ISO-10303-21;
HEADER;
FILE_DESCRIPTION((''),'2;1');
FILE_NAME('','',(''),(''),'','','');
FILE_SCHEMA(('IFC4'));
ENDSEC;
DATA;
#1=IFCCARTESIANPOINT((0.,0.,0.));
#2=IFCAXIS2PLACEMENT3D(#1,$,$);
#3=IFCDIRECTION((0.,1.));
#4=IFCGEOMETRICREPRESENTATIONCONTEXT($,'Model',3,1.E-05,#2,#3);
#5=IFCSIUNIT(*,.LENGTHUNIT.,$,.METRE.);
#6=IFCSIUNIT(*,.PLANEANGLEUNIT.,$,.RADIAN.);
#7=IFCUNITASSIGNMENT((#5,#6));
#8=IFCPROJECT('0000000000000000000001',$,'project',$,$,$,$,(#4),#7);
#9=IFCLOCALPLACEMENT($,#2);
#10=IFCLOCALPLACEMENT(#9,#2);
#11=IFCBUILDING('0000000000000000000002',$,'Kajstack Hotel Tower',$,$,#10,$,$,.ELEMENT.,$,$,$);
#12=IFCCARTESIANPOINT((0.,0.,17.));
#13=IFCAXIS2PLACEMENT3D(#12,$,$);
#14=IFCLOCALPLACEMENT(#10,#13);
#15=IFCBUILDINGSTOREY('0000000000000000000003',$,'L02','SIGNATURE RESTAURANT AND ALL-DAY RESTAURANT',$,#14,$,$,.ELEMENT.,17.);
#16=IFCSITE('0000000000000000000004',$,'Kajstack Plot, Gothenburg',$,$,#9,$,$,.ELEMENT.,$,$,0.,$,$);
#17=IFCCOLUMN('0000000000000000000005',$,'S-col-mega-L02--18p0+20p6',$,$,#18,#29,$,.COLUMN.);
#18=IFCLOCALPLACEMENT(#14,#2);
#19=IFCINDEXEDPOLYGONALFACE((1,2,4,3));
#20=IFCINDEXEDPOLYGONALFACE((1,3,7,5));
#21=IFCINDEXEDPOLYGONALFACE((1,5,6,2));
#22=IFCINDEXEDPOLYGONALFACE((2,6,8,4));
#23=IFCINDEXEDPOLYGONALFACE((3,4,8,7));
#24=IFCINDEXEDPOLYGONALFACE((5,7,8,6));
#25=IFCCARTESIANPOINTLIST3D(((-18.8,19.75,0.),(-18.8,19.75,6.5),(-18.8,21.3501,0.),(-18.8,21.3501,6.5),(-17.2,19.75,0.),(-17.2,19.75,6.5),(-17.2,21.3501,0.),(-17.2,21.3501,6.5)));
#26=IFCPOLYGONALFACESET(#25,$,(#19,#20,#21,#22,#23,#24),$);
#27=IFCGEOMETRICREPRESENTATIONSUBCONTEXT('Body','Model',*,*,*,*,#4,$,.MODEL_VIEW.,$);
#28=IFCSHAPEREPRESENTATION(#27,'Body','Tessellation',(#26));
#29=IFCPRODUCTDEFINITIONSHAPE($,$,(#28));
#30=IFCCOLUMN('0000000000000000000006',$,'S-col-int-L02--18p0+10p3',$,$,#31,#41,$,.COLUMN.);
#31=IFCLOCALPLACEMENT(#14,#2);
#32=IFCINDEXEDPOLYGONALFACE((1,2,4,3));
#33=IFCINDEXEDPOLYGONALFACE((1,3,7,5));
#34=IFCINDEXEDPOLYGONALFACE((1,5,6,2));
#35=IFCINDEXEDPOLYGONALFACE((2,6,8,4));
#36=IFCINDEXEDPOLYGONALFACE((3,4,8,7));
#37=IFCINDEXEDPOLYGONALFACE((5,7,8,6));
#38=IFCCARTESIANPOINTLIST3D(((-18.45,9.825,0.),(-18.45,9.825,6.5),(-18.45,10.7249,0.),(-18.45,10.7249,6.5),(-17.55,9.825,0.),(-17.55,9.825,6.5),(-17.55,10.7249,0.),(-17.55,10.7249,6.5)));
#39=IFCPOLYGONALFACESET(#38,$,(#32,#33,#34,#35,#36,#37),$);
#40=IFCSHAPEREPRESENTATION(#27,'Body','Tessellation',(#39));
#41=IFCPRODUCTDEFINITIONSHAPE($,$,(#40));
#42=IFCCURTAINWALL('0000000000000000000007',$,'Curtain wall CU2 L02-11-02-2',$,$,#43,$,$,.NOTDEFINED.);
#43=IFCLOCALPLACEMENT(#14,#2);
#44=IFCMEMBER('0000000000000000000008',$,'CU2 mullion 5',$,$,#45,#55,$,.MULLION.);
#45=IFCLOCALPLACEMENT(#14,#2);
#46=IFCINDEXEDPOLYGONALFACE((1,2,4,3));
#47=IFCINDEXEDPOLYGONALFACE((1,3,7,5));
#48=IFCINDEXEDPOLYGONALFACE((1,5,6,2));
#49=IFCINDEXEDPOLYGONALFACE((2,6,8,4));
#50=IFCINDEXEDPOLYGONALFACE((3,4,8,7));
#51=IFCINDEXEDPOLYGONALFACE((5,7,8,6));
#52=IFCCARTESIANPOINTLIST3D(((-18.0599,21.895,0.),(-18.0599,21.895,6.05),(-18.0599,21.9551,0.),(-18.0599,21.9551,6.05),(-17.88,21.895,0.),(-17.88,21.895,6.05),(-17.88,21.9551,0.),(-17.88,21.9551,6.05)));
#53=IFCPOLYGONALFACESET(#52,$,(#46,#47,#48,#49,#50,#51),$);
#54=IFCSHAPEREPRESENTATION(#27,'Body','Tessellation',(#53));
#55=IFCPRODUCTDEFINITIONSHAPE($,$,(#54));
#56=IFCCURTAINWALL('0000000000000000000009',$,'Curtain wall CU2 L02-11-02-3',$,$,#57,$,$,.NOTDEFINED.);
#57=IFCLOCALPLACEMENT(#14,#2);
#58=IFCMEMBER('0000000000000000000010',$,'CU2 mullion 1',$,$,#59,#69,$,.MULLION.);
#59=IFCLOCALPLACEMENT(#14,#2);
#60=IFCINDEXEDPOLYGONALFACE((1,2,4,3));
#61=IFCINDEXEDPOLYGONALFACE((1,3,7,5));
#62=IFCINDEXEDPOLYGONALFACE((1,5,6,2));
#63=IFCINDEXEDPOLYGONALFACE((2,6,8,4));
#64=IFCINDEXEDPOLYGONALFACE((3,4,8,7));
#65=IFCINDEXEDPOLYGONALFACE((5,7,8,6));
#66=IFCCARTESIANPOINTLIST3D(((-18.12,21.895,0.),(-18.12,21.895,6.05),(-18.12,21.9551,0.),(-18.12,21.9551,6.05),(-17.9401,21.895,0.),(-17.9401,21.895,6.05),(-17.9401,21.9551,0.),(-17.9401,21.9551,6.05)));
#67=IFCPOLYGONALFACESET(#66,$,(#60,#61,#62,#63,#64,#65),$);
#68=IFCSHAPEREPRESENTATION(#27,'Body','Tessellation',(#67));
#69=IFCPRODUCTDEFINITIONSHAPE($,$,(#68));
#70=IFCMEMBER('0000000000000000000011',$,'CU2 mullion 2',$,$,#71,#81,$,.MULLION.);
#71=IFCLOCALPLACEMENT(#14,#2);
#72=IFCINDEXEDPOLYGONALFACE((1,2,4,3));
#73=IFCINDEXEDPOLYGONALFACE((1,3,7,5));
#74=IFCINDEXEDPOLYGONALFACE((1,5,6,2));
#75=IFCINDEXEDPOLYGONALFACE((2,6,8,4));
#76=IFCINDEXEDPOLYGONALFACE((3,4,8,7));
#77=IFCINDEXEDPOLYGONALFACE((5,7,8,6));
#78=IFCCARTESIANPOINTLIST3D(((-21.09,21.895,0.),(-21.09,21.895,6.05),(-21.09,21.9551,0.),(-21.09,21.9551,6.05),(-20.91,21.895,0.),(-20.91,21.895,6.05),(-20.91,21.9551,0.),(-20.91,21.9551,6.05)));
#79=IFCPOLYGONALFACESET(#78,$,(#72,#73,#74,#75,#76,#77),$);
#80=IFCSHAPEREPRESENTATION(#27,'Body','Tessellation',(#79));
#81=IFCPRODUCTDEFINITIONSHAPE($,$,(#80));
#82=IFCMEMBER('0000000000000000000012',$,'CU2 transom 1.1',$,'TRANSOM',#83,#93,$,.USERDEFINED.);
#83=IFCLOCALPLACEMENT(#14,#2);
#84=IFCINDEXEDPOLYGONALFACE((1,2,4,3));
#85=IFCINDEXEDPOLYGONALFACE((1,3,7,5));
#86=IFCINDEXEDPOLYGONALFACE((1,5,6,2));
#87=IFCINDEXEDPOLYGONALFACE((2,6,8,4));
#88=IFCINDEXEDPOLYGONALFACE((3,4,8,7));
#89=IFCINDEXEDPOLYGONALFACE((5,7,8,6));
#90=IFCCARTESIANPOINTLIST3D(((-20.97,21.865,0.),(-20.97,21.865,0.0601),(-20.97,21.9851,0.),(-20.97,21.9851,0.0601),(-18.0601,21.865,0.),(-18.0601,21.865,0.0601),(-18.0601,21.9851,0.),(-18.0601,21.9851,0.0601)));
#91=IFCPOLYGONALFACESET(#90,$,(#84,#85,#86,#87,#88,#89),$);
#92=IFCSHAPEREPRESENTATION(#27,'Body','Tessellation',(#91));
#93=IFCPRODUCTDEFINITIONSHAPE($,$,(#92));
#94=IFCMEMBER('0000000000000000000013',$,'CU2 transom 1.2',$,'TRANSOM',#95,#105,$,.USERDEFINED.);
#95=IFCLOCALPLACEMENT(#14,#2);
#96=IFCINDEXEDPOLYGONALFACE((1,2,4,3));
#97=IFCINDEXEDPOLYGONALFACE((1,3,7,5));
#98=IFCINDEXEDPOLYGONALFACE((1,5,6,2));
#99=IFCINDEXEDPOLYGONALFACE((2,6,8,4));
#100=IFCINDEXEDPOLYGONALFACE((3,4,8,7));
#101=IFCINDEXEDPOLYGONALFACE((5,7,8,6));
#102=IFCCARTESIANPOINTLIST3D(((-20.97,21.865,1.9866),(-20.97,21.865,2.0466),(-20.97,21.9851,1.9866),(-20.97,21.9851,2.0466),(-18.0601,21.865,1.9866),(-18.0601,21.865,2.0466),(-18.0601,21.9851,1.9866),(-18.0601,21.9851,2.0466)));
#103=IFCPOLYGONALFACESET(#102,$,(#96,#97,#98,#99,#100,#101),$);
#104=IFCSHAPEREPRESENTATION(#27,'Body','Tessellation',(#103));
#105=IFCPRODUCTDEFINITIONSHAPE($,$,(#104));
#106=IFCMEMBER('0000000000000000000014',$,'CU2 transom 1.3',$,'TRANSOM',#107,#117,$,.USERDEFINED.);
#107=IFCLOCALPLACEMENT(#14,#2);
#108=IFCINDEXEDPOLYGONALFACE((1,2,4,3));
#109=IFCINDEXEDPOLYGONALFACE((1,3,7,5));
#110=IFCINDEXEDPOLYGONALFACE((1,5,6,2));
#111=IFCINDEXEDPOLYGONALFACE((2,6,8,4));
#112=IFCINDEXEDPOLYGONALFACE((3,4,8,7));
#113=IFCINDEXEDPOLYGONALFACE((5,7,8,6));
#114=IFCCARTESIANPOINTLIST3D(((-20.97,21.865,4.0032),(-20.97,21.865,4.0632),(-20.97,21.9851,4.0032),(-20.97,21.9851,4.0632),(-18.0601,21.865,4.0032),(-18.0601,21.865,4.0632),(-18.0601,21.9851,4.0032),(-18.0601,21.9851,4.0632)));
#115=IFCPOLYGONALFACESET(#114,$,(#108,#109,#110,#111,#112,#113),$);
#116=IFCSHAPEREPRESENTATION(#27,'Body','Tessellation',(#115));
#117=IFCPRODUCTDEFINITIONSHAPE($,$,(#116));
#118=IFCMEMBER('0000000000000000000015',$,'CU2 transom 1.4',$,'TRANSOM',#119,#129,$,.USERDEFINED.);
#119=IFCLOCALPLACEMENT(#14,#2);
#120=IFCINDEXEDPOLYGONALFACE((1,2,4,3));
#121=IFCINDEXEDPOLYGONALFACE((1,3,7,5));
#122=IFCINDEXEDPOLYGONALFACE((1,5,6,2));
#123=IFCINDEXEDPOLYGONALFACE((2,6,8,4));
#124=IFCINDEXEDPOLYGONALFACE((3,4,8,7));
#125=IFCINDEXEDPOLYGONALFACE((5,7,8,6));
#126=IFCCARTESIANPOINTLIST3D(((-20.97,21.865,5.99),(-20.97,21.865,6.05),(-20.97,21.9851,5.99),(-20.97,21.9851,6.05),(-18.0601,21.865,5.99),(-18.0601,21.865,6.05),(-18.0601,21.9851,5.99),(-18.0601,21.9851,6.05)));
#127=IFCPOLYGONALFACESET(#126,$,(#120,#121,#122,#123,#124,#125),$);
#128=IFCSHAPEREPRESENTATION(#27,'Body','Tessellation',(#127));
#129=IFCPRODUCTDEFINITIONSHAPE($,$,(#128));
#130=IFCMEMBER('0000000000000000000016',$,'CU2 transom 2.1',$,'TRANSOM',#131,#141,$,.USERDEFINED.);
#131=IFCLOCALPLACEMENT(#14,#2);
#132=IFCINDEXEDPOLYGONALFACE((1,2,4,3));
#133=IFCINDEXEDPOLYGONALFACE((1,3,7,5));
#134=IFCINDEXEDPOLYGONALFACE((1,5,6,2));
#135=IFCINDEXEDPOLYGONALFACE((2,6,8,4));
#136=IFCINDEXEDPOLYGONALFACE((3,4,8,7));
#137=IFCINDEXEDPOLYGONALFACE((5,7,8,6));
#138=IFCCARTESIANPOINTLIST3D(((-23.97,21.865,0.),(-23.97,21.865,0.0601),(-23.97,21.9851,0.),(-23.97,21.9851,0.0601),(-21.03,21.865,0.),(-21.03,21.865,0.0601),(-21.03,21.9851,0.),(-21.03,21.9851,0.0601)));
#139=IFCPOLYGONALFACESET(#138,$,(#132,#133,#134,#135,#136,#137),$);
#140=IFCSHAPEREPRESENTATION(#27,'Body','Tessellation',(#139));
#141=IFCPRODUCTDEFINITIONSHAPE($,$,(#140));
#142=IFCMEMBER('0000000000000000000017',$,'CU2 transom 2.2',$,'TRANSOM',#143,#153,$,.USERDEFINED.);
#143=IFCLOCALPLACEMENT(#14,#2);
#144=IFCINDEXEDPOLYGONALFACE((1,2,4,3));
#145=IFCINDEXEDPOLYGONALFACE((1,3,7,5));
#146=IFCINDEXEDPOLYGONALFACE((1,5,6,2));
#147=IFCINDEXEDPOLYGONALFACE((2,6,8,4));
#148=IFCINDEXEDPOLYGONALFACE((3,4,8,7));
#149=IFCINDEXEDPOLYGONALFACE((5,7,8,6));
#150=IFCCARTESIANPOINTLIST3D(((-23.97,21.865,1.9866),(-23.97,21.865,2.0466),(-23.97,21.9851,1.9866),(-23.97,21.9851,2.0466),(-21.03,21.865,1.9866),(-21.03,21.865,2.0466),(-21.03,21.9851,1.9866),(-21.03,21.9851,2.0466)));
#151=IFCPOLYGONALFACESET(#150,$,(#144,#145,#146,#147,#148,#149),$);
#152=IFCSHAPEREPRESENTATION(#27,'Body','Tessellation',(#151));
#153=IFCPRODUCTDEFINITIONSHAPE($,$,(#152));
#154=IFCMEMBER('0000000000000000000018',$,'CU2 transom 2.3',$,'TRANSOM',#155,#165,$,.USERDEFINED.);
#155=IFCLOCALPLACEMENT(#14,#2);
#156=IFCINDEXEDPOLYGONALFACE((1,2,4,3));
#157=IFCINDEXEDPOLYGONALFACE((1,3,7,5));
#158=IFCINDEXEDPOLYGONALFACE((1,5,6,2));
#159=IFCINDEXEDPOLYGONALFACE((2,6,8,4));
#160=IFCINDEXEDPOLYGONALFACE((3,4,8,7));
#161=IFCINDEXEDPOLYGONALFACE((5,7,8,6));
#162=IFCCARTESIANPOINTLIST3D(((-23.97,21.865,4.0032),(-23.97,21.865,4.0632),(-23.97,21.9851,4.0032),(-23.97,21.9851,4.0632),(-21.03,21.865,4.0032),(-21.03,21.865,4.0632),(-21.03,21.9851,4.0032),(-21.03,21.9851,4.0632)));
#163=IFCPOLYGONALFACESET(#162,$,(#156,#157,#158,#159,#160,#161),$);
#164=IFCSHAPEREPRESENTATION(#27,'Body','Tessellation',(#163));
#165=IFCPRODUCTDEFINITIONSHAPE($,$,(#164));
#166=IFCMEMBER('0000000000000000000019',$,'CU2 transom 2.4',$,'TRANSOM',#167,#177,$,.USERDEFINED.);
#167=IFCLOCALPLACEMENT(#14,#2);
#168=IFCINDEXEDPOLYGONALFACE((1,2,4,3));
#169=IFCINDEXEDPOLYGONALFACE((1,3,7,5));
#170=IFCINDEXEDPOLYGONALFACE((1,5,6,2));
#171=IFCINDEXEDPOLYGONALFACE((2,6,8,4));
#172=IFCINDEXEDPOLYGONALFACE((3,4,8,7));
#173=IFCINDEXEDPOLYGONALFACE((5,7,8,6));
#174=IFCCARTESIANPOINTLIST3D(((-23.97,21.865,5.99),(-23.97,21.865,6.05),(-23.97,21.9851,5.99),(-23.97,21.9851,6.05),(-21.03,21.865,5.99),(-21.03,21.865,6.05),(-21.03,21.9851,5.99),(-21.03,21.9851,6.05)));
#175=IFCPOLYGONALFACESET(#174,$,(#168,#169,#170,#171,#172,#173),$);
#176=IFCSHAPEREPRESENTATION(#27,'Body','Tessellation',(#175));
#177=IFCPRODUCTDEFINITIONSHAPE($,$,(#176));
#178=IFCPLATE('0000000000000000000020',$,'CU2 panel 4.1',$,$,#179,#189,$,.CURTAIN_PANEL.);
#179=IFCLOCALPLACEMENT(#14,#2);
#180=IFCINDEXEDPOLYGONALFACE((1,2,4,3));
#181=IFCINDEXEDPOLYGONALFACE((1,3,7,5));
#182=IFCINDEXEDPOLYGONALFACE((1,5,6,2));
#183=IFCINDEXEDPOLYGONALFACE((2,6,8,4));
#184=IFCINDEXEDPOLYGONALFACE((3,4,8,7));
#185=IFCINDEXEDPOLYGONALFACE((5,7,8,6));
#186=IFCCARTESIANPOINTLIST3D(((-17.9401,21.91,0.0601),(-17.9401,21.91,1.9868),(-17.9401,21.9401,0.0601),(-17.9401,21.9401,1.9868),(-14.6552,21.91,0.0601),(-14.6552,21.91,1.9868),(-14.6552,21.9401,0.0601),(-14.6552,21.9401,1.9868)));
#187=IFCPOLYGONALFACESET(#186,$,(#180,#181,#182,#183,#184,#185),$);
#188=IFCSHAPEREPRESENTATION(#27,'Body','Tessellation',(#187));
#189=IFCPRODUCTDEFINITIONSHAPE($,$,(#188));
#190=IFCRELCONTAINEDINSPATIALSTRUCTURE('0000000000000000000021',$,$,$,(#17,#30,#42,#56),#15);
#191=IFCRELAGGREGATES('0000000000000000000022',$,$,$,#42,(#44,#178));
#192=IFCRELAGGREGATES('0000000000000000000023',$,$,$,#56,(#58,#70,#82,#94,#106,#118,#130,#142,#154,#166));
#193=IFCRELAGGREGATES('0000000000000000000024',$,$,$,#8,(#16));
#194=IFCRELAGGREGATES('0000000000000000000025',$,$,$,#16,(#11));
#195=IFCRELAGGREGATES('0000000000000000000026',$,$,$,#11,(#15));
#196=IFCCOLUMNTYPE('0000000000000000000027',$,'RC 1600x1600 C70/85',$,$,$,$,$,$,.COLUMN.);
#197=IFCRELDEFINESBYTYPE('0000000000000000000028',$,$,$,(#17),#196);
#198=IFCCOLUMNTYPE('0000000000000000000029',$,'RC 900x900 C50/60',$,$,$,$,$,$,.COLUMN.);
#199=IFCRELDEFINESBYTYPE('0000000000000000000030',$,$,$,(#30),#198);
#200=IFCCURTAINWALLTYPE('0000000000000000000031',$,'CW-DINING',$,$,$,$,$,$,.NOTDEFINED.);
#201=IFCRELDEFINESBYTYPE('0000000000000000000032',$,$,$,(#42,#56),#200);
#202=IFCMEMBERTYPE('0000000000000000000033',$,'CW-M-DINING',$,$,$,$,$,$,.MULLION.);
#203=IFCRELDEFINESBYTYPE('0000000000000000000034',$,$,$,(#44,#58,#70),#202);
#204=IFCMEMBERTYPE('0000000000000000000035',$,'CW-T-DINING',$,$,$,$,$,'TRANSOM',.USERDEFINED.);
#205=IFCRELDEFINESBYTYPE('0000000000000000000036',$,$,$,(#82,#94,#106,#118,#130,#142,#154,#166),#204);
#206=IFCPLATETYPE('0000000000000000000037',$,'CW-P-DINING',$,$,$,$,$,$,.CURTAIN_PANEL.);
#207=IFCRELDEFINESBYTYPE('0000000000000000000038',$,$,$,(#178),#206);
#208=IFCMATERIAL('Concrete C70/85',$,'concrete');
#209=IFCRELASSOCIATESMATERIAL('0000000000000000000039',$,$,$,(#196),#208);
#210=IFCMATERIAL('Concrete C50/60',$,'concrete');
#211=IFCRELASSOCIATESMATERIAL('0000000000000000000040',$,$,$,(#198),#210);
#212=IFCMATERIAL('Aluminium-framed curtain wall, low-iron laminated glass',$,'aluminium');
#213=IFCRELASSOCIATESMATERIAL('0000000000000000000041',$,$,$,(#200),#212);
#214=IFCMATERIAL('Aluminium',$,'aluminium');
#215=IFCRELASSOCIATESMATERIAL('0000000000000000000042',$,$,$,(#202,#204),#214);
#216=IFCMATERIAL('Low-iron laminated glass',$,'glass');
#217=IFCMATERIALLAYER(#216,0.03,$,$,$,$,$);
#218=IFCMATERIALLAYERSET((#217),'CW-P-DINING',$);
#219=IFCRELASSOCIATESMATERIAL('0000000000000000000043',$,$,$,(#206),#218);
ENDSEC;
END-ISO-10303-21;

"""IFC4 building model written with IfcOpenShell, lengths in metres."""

from ifc_helpers import new_model, si_unit, direction, frame, origin, origin_2d, place, context, subcontext, project, spatial, rectangle, extrude, material, layer, layer_set, material_profile, profile_set, type_object, element, aggregate, save


model = new_model("IFC4")

# Units and contexts
model_context = context("Model", 3, precision=1e-05, world=origin(), true_north=direction((0.0, 1.0)))
body_context = subcontext(model_context, "Body", "Model", "MODEL_VIEW")
ifc_project = project(units=[si_unit("LENGTHUNIT", "METRE"), si_unit("PLANEANGLEUNIT", "RADIAN")], contexts=[model_context])

# Site, building, storey
site_placement = place(None, origin())
site = spatial("IfcSite", under=ifc_project, at=site_placement, Name="Kajstack Plot, Gothenburg", CompositionType="ELEMENT", RefElevation=0.0)
building_placement = place(site_placement, origin())
building = spatial("IfcBuilding", under=site, at=building_placement, Name="Kajstack Hotel Tower", CompositionType="ELEMENT")
storey_placement = place(building_placement, frame((0.0, 0.0, 17.0)))
storey = spatial("IfcBuildingStorey", under=building, at=storey_placement, Name="L02", Description="SIGNATURE RESTAURANT AND ALL-DAY RESTAURANT", CompositionType="ELEMENT", Elevation=17.0)

# Columns
ifc_material_1 = material(Name="Concrete C70/85", Category="concrete")
ifc_material_profile_1 = material_profile(ifc_material_1, rectangle(XDim=1.6001, YDim=1.6001, at=origin_2d()), Name="RC 1600x1600")
ifc_profile_set_1 = profile_set([ifc_material_profile_1], Name="Concrete C70/85")
column_type_1 = type_object("IfcColumnType", Name="RC 1600x1600 C70/85", PredefinedType="COLUMN", material=ifc_profile_set_1)
column_1_placement = place(storey_placement, frame((-18.0, 20.55, 0.0), z_axis=(0.0, 0.0, 1.0), x_axis=(1.0, 0.0, 0.0)))
element("IfcColumn", 1, at=column_1_placement, inside=storey, type_object=column_type_1, Name="S-col-mega-L02--18p0+20p6", PredefinedType="COLUMN", context=body_context, shape_type="SweptSolid", body=[
    extrude(rectangle(XDim=1.6001, YDim=1.6001, at=origin_2d()), origin(), (0.0, 0.0, 1.0), 6.5),
])
ifc_material_2 = material(Name="Concrete C50/60", Category="concrete")
ifc_material_profile_2 = material_profile(ifc_material_2, rectangle(XDim=0.8999, YDim=0.8999, at=origin_2d()), Name="RC 900x900")
ifc_profile_set_2 = profile_set([ifc_material_profile_2], Name="Concrete C50/60")
column_type_2 = type_object("IfcColumnType", Name="RC 900x900 C50/60", PredefinedType="COLUMN", material=ifc_profile_set_2)
column_2_placement = place(storey_placement, frame((-18.0, 10.2749, 0.0), z_axis=(0.0, 0.0, 1.0), x_axis=(1.0, 0.0, 0.0)))
element("IfcColumn", 2, at=column_2_placement, inside=storey, type_object=column_type_2, Name="S-col-int-L02--18p0+10p3", PredefinedType="COLUMN", context=body_context, shape_type="SweptSolid", body=[
    extrude(rectangle(XDim=0.8999, YDim=0.8999, at=origin_2d()), origin(), (0.0, 0.0, 1.0), 6.5),
])

# Curtain wall, member
ifc_material_3 = material(Name="Aluminium-framed curtain wall, low-iron laminated glass", Category="aluminium")
curtain_wall_type = type_object("IfcCurtainWallType", Name="CW-DINING", PredefinedType="NOTDEFINED", material=ifc_material_3)
curtain_wall_1_placement = place(storey_placement, origin())
curtain_wall_1 = element("IfcCurtainWall", 3, at=curtain_wall_1_placement, inside=storey, type_object=curtain_wall_type, Name="Curtain wall CU2 L02-11-02-2", PredefinedType="NOTDEFINED")
ifc_material_4 = material(Name="Aluminium", Category="aluminium")
ifc_material_profile_3 = material_profile(ifc_material_4, rectangle(XDim=0.0601, YDim=0.1799, at=origin_2d()), Name="Aluminium mullion 60 x 180")
ifc_profile_set_3 = profile_set([ifc_material_profile_3], Name="Aluminium")
member_type_1 = type_object("IfcMemberType", Name="CW-M-DINING", PredefinedType="MULLION", material=ifc_profile_set_3)
member_1_placement = place(storey_placement, frame((-17.97, 21.925, 0.0), z_axis=(0.0, 0.0, 1.0), x_axis=(0.0, -1.0, 0.0)))
member_1 = element("IfcMember", 4, at=member_1_placement, type_object=member_type_1, Name="CU2 mullion 5", PredefinedType="MULLION", context=body_context, shape_type="SweptSolid", body=[
    extrude(rectangle(XDim=0.0601, YDim=0.1799, at=origin_2d()), origin(), (0.0, 0.0, 1.0), 6.05),
])

# Curtain wall, members
curtain_wall_2_placement = place(storey_placement, origin())
curtain_wall_2 = element("IfcCurtainWall", 5, at=curtain_wall_2_placement, inside=storey, type_object=curtain_wall_type, Name="Curtain wall CU2 L02-11-02-3", PredefinedType="NOTDEFINED")
member_2_placement = place(storey_placement, frame((-18.03, 21.925, 0.0), z_axis=(0.0, 0.0, 1.0), x_axis=(0.0, -1.0, 0.0)))
member_2 = element("IfcMember", 6, at=member_2_placement, type_object=member_type_1, Name="CU2 mullion 1", PredefinedType="MULLION", context=body_context, shape_type="SweptSolid", body=[
    extrude(rectangle(XDim=0.0601, YDim=0.1799, at=origin_2d()), origin(), (0.0, 0.0, 1.0), 6.05),
])
member_3_placement = place(storey_placement, frame((-21.0, 21.925, 0.0), z_axis=(0.0, 0.0, 1.0), x_axis=(0.0, -1.0, 0.0)))
member_3 = element("IfcMember", 7, at=member_3_placement, type_object=member_type_1, Name="CU2 mullion 2", PredefinedType="MULLION", context=body_context, shape_type="SweptSolid", body=[
    extrude(rectangle(XDim=0.0601, YDim=0.1799, at=origin_2d()), origin(), (0.0, 0.0, 1.0), 6.05),
])
ifc_material_profile_4 = material_profile(ifc_material_4, rectangle(XDim=0.1201, YDim=0.0601, at=origin_2d()), Name="Aluminium transom 120 x 60")
ifc_profile_set_4 = profile_set([ifc_material_profile_4], Name="Aluminium")
member_type_2 = type_object("IfcMemberType", Name="CW-T-DINING", ElementType="TRANSOM", PredefinedType="USERDEFINED", material=ifc_profile_set_4)
member_4_placement = place(storey_placement, frame((-18.0601, 21.925, 0.03), z_axis=(-1.0, 0.0, 0.0), x_axis=(0.0, -1.0, 0.0)))
member_4 = element("IfcMember", 8, at=member_4_placement, type_object=member_type_2, Name="CU2 transom 1.1", ObjectType="TRANSOM", PredefinedType="USERDEFINED", context=body_context, shape_type="SweptSolid", body=[
    extrude(rectangle(XDim=0.1201, YDim=0.0601, at=origin_2d()), origin(), (0.0, 0.0, 1.0), 2.9099),
])
member_5_placement = place(storey_placement, frame((-18.0601, 21.925, 2.0166), z_axis=(-1.0, 0.0, 0.0), x_axis=(0.0, -1.0, 0.0)))
member_5 = element("IfcMember", 9, at=member_5_placement, type_object=member_type_2, Name="CU2 transom 1.2", ObjectType="TRANSOM", PredefinedType="USERDEFINED", context=body_context, shape_type="SweptSolid", body=[
    extrude(rectangle(XDim=0.1201, YDim=0.0601, at=origin_2d()), origin(), (0.0, 0.0, 1.0), 2.9099),
])
member_6_placement = place(storey_placement, frame((-18.0601, 21.925, 4.0332), z_axis=(-1.0, 0.0, 0.0), x_axis=(0.0, -1.0, 0.0)))
member_6 = element("IfcMember", 10, at=member_6_placement, type_object=member_type_2, Name="CU2 transom 1.3", ObjectType="TRANSOM", PredefinedType="USERDEFINED", context=body_context, shape_type="SweptSolid", body=[
    extrude(rectangle(XDim=0.1201, YDim=0.0601, at=origin_2d()), origin(), (0.0, 0.0, 1.0), 2.9099),
])
member_7_placement = place(storey_placement, frame((-18.0601, 21.925, 6.02), z_axis=(-1.0, 0.0, 0.0), x_axis=(0.0, -1.0, 0.0)))
member_7 = element("IfcMember", 11, at=member_7_placement, type_object=member_type_2, Name="CU2 transom 1.4", ObjectType="TRANSOM", PredefinedType="USERDEFINED", context=body_context, shape_type="SweptSolid", body=[
    extrude(rectangle(XDim=0.1201, YDim=0.0601, at=origin_2d()), origin(), (0.0, 0.0, 1.0), 2.9099),
])
member_8_placement = place(storey_placement, frame((-21.03, 21.925, 0.03), z_axis=(-1.0, 0.0, 0.0), x_axis=(0.0, -1.0, 0.0)))
member_8 = element("IfcMember", 12, at=member_8_placement, type_object=member_type_2, Name="CU2 transom 2.1", ObjectType="TRANSOM", PredefinedType="USERDEFINED", context=body_context, shape_type="SweptSolid", body=[
    extrude(rectangle(XDim=0.1201, YDim=0.0601, at=origin_2d()), origin(), (0.0, 0.0, 1.0), 2.9399),
])
member_9_placement = place(storey_placement, frame((-21.03, 21.925, 2.0166), z_axis=(-1.0, 0.0, 0.0), x_axis=(0.0, -1.0, 0.0)))
member_9 = element("IfcMember", 13, at=member_9_placement, type_object=member_type_2, Name="CU2 transom 2.2", ObjectType="TRANSOM", PredefinedType="USERDEFINED", context=body_context, shape_type="SweptSolid", body=[
    extrude(rectangle(XDim=0.1201, YDim=0.0601, at=origin_2d()), origin(), (0.0, 0.0, 1.0), 2.9399),
])
member_10_placement = place(storey_placement, frame((-21.03, 21.925, 4.0332), z_axis=(-1.0, 0.0, 0.0), x_axis=(0.0, -1.0, 0.0)))
member_10 = element("IfcMember", 14, at=member_10_placement, type_object=member_type_2, Name="CU2 transom 2.3", ObjectType="TRANSOM", PredefinedType="USERDEFINED", context=body_context, shape_type="SweptSolid", body=[
    extrude(rectangle(XDim=0.1201, YDim=0.0601, at=origin_2d()), origin(), (0.0, 0.0, 1.0), 2.9399),
])
member_11_placement = place(storey_placement, frame((-21.03, 21.925, 6.02), z_axis=(-1.0, 0.0, 0.0), x_axis=(0.0, -1.0, 0.0)))
member_11 = element("IfcMember", 15, at=member_11_placement, type_object=member_type_2, Name="CU2 transom 2.4", ObjectType="TRANSOM", PredefinedType="USERDEFINED", context=body_context, shape_type="SweptSolid", body=[
    extrude(rectangle(XDim=0.1201, YDim=0.0601, at=origin_2d()), origin(), (0.0, 0.0, 1.0), 2.9399),
])

# Plate
ifc_material_5 = material(Name="Low-iron laminated glass", Category="glass")
ifc_layer_1 = layer(ifc_material_5, 0.03)
ifc_layer_set_1 = layer_set([ifc_layer_1], Name="CW-P-DINING")
plate_type = type_object("IfcPlateType", Name="CW-P-DINING", PredefinedType="CURTAIN_PANEL", material=ifc_layer_set_1)
plate_1_placement = place(storey_placement, frame((-16.2976, 21.925, 0.0601), z_axis=(0.0, 0.0, 1.0), x_axis=(-1.0, 0.0, 0.0)))
plate_1 = element("IfcPlate", 16, at=plate_1_placement, type_object=plate_type, Name="CU2 panel 4.1", PredefinedType="CURTAIN_PANEL", context=body_context, shape_type="SweptSolid", body=[
    extrude(rectangle(XDim=3.2849, YDim=0.03, at=origin_2d()), origin(), (0.0, 0.0, 1.0), 1.9268),
])
aggregate(curtain_wall_1, [member_1, plate_1])
aggregate(curtain_wall_2, [member_2, member_3, member_4, member_5, member_6, member_7, member_8, member_9, member_10, member_11])

save(model, "model.ifc")
